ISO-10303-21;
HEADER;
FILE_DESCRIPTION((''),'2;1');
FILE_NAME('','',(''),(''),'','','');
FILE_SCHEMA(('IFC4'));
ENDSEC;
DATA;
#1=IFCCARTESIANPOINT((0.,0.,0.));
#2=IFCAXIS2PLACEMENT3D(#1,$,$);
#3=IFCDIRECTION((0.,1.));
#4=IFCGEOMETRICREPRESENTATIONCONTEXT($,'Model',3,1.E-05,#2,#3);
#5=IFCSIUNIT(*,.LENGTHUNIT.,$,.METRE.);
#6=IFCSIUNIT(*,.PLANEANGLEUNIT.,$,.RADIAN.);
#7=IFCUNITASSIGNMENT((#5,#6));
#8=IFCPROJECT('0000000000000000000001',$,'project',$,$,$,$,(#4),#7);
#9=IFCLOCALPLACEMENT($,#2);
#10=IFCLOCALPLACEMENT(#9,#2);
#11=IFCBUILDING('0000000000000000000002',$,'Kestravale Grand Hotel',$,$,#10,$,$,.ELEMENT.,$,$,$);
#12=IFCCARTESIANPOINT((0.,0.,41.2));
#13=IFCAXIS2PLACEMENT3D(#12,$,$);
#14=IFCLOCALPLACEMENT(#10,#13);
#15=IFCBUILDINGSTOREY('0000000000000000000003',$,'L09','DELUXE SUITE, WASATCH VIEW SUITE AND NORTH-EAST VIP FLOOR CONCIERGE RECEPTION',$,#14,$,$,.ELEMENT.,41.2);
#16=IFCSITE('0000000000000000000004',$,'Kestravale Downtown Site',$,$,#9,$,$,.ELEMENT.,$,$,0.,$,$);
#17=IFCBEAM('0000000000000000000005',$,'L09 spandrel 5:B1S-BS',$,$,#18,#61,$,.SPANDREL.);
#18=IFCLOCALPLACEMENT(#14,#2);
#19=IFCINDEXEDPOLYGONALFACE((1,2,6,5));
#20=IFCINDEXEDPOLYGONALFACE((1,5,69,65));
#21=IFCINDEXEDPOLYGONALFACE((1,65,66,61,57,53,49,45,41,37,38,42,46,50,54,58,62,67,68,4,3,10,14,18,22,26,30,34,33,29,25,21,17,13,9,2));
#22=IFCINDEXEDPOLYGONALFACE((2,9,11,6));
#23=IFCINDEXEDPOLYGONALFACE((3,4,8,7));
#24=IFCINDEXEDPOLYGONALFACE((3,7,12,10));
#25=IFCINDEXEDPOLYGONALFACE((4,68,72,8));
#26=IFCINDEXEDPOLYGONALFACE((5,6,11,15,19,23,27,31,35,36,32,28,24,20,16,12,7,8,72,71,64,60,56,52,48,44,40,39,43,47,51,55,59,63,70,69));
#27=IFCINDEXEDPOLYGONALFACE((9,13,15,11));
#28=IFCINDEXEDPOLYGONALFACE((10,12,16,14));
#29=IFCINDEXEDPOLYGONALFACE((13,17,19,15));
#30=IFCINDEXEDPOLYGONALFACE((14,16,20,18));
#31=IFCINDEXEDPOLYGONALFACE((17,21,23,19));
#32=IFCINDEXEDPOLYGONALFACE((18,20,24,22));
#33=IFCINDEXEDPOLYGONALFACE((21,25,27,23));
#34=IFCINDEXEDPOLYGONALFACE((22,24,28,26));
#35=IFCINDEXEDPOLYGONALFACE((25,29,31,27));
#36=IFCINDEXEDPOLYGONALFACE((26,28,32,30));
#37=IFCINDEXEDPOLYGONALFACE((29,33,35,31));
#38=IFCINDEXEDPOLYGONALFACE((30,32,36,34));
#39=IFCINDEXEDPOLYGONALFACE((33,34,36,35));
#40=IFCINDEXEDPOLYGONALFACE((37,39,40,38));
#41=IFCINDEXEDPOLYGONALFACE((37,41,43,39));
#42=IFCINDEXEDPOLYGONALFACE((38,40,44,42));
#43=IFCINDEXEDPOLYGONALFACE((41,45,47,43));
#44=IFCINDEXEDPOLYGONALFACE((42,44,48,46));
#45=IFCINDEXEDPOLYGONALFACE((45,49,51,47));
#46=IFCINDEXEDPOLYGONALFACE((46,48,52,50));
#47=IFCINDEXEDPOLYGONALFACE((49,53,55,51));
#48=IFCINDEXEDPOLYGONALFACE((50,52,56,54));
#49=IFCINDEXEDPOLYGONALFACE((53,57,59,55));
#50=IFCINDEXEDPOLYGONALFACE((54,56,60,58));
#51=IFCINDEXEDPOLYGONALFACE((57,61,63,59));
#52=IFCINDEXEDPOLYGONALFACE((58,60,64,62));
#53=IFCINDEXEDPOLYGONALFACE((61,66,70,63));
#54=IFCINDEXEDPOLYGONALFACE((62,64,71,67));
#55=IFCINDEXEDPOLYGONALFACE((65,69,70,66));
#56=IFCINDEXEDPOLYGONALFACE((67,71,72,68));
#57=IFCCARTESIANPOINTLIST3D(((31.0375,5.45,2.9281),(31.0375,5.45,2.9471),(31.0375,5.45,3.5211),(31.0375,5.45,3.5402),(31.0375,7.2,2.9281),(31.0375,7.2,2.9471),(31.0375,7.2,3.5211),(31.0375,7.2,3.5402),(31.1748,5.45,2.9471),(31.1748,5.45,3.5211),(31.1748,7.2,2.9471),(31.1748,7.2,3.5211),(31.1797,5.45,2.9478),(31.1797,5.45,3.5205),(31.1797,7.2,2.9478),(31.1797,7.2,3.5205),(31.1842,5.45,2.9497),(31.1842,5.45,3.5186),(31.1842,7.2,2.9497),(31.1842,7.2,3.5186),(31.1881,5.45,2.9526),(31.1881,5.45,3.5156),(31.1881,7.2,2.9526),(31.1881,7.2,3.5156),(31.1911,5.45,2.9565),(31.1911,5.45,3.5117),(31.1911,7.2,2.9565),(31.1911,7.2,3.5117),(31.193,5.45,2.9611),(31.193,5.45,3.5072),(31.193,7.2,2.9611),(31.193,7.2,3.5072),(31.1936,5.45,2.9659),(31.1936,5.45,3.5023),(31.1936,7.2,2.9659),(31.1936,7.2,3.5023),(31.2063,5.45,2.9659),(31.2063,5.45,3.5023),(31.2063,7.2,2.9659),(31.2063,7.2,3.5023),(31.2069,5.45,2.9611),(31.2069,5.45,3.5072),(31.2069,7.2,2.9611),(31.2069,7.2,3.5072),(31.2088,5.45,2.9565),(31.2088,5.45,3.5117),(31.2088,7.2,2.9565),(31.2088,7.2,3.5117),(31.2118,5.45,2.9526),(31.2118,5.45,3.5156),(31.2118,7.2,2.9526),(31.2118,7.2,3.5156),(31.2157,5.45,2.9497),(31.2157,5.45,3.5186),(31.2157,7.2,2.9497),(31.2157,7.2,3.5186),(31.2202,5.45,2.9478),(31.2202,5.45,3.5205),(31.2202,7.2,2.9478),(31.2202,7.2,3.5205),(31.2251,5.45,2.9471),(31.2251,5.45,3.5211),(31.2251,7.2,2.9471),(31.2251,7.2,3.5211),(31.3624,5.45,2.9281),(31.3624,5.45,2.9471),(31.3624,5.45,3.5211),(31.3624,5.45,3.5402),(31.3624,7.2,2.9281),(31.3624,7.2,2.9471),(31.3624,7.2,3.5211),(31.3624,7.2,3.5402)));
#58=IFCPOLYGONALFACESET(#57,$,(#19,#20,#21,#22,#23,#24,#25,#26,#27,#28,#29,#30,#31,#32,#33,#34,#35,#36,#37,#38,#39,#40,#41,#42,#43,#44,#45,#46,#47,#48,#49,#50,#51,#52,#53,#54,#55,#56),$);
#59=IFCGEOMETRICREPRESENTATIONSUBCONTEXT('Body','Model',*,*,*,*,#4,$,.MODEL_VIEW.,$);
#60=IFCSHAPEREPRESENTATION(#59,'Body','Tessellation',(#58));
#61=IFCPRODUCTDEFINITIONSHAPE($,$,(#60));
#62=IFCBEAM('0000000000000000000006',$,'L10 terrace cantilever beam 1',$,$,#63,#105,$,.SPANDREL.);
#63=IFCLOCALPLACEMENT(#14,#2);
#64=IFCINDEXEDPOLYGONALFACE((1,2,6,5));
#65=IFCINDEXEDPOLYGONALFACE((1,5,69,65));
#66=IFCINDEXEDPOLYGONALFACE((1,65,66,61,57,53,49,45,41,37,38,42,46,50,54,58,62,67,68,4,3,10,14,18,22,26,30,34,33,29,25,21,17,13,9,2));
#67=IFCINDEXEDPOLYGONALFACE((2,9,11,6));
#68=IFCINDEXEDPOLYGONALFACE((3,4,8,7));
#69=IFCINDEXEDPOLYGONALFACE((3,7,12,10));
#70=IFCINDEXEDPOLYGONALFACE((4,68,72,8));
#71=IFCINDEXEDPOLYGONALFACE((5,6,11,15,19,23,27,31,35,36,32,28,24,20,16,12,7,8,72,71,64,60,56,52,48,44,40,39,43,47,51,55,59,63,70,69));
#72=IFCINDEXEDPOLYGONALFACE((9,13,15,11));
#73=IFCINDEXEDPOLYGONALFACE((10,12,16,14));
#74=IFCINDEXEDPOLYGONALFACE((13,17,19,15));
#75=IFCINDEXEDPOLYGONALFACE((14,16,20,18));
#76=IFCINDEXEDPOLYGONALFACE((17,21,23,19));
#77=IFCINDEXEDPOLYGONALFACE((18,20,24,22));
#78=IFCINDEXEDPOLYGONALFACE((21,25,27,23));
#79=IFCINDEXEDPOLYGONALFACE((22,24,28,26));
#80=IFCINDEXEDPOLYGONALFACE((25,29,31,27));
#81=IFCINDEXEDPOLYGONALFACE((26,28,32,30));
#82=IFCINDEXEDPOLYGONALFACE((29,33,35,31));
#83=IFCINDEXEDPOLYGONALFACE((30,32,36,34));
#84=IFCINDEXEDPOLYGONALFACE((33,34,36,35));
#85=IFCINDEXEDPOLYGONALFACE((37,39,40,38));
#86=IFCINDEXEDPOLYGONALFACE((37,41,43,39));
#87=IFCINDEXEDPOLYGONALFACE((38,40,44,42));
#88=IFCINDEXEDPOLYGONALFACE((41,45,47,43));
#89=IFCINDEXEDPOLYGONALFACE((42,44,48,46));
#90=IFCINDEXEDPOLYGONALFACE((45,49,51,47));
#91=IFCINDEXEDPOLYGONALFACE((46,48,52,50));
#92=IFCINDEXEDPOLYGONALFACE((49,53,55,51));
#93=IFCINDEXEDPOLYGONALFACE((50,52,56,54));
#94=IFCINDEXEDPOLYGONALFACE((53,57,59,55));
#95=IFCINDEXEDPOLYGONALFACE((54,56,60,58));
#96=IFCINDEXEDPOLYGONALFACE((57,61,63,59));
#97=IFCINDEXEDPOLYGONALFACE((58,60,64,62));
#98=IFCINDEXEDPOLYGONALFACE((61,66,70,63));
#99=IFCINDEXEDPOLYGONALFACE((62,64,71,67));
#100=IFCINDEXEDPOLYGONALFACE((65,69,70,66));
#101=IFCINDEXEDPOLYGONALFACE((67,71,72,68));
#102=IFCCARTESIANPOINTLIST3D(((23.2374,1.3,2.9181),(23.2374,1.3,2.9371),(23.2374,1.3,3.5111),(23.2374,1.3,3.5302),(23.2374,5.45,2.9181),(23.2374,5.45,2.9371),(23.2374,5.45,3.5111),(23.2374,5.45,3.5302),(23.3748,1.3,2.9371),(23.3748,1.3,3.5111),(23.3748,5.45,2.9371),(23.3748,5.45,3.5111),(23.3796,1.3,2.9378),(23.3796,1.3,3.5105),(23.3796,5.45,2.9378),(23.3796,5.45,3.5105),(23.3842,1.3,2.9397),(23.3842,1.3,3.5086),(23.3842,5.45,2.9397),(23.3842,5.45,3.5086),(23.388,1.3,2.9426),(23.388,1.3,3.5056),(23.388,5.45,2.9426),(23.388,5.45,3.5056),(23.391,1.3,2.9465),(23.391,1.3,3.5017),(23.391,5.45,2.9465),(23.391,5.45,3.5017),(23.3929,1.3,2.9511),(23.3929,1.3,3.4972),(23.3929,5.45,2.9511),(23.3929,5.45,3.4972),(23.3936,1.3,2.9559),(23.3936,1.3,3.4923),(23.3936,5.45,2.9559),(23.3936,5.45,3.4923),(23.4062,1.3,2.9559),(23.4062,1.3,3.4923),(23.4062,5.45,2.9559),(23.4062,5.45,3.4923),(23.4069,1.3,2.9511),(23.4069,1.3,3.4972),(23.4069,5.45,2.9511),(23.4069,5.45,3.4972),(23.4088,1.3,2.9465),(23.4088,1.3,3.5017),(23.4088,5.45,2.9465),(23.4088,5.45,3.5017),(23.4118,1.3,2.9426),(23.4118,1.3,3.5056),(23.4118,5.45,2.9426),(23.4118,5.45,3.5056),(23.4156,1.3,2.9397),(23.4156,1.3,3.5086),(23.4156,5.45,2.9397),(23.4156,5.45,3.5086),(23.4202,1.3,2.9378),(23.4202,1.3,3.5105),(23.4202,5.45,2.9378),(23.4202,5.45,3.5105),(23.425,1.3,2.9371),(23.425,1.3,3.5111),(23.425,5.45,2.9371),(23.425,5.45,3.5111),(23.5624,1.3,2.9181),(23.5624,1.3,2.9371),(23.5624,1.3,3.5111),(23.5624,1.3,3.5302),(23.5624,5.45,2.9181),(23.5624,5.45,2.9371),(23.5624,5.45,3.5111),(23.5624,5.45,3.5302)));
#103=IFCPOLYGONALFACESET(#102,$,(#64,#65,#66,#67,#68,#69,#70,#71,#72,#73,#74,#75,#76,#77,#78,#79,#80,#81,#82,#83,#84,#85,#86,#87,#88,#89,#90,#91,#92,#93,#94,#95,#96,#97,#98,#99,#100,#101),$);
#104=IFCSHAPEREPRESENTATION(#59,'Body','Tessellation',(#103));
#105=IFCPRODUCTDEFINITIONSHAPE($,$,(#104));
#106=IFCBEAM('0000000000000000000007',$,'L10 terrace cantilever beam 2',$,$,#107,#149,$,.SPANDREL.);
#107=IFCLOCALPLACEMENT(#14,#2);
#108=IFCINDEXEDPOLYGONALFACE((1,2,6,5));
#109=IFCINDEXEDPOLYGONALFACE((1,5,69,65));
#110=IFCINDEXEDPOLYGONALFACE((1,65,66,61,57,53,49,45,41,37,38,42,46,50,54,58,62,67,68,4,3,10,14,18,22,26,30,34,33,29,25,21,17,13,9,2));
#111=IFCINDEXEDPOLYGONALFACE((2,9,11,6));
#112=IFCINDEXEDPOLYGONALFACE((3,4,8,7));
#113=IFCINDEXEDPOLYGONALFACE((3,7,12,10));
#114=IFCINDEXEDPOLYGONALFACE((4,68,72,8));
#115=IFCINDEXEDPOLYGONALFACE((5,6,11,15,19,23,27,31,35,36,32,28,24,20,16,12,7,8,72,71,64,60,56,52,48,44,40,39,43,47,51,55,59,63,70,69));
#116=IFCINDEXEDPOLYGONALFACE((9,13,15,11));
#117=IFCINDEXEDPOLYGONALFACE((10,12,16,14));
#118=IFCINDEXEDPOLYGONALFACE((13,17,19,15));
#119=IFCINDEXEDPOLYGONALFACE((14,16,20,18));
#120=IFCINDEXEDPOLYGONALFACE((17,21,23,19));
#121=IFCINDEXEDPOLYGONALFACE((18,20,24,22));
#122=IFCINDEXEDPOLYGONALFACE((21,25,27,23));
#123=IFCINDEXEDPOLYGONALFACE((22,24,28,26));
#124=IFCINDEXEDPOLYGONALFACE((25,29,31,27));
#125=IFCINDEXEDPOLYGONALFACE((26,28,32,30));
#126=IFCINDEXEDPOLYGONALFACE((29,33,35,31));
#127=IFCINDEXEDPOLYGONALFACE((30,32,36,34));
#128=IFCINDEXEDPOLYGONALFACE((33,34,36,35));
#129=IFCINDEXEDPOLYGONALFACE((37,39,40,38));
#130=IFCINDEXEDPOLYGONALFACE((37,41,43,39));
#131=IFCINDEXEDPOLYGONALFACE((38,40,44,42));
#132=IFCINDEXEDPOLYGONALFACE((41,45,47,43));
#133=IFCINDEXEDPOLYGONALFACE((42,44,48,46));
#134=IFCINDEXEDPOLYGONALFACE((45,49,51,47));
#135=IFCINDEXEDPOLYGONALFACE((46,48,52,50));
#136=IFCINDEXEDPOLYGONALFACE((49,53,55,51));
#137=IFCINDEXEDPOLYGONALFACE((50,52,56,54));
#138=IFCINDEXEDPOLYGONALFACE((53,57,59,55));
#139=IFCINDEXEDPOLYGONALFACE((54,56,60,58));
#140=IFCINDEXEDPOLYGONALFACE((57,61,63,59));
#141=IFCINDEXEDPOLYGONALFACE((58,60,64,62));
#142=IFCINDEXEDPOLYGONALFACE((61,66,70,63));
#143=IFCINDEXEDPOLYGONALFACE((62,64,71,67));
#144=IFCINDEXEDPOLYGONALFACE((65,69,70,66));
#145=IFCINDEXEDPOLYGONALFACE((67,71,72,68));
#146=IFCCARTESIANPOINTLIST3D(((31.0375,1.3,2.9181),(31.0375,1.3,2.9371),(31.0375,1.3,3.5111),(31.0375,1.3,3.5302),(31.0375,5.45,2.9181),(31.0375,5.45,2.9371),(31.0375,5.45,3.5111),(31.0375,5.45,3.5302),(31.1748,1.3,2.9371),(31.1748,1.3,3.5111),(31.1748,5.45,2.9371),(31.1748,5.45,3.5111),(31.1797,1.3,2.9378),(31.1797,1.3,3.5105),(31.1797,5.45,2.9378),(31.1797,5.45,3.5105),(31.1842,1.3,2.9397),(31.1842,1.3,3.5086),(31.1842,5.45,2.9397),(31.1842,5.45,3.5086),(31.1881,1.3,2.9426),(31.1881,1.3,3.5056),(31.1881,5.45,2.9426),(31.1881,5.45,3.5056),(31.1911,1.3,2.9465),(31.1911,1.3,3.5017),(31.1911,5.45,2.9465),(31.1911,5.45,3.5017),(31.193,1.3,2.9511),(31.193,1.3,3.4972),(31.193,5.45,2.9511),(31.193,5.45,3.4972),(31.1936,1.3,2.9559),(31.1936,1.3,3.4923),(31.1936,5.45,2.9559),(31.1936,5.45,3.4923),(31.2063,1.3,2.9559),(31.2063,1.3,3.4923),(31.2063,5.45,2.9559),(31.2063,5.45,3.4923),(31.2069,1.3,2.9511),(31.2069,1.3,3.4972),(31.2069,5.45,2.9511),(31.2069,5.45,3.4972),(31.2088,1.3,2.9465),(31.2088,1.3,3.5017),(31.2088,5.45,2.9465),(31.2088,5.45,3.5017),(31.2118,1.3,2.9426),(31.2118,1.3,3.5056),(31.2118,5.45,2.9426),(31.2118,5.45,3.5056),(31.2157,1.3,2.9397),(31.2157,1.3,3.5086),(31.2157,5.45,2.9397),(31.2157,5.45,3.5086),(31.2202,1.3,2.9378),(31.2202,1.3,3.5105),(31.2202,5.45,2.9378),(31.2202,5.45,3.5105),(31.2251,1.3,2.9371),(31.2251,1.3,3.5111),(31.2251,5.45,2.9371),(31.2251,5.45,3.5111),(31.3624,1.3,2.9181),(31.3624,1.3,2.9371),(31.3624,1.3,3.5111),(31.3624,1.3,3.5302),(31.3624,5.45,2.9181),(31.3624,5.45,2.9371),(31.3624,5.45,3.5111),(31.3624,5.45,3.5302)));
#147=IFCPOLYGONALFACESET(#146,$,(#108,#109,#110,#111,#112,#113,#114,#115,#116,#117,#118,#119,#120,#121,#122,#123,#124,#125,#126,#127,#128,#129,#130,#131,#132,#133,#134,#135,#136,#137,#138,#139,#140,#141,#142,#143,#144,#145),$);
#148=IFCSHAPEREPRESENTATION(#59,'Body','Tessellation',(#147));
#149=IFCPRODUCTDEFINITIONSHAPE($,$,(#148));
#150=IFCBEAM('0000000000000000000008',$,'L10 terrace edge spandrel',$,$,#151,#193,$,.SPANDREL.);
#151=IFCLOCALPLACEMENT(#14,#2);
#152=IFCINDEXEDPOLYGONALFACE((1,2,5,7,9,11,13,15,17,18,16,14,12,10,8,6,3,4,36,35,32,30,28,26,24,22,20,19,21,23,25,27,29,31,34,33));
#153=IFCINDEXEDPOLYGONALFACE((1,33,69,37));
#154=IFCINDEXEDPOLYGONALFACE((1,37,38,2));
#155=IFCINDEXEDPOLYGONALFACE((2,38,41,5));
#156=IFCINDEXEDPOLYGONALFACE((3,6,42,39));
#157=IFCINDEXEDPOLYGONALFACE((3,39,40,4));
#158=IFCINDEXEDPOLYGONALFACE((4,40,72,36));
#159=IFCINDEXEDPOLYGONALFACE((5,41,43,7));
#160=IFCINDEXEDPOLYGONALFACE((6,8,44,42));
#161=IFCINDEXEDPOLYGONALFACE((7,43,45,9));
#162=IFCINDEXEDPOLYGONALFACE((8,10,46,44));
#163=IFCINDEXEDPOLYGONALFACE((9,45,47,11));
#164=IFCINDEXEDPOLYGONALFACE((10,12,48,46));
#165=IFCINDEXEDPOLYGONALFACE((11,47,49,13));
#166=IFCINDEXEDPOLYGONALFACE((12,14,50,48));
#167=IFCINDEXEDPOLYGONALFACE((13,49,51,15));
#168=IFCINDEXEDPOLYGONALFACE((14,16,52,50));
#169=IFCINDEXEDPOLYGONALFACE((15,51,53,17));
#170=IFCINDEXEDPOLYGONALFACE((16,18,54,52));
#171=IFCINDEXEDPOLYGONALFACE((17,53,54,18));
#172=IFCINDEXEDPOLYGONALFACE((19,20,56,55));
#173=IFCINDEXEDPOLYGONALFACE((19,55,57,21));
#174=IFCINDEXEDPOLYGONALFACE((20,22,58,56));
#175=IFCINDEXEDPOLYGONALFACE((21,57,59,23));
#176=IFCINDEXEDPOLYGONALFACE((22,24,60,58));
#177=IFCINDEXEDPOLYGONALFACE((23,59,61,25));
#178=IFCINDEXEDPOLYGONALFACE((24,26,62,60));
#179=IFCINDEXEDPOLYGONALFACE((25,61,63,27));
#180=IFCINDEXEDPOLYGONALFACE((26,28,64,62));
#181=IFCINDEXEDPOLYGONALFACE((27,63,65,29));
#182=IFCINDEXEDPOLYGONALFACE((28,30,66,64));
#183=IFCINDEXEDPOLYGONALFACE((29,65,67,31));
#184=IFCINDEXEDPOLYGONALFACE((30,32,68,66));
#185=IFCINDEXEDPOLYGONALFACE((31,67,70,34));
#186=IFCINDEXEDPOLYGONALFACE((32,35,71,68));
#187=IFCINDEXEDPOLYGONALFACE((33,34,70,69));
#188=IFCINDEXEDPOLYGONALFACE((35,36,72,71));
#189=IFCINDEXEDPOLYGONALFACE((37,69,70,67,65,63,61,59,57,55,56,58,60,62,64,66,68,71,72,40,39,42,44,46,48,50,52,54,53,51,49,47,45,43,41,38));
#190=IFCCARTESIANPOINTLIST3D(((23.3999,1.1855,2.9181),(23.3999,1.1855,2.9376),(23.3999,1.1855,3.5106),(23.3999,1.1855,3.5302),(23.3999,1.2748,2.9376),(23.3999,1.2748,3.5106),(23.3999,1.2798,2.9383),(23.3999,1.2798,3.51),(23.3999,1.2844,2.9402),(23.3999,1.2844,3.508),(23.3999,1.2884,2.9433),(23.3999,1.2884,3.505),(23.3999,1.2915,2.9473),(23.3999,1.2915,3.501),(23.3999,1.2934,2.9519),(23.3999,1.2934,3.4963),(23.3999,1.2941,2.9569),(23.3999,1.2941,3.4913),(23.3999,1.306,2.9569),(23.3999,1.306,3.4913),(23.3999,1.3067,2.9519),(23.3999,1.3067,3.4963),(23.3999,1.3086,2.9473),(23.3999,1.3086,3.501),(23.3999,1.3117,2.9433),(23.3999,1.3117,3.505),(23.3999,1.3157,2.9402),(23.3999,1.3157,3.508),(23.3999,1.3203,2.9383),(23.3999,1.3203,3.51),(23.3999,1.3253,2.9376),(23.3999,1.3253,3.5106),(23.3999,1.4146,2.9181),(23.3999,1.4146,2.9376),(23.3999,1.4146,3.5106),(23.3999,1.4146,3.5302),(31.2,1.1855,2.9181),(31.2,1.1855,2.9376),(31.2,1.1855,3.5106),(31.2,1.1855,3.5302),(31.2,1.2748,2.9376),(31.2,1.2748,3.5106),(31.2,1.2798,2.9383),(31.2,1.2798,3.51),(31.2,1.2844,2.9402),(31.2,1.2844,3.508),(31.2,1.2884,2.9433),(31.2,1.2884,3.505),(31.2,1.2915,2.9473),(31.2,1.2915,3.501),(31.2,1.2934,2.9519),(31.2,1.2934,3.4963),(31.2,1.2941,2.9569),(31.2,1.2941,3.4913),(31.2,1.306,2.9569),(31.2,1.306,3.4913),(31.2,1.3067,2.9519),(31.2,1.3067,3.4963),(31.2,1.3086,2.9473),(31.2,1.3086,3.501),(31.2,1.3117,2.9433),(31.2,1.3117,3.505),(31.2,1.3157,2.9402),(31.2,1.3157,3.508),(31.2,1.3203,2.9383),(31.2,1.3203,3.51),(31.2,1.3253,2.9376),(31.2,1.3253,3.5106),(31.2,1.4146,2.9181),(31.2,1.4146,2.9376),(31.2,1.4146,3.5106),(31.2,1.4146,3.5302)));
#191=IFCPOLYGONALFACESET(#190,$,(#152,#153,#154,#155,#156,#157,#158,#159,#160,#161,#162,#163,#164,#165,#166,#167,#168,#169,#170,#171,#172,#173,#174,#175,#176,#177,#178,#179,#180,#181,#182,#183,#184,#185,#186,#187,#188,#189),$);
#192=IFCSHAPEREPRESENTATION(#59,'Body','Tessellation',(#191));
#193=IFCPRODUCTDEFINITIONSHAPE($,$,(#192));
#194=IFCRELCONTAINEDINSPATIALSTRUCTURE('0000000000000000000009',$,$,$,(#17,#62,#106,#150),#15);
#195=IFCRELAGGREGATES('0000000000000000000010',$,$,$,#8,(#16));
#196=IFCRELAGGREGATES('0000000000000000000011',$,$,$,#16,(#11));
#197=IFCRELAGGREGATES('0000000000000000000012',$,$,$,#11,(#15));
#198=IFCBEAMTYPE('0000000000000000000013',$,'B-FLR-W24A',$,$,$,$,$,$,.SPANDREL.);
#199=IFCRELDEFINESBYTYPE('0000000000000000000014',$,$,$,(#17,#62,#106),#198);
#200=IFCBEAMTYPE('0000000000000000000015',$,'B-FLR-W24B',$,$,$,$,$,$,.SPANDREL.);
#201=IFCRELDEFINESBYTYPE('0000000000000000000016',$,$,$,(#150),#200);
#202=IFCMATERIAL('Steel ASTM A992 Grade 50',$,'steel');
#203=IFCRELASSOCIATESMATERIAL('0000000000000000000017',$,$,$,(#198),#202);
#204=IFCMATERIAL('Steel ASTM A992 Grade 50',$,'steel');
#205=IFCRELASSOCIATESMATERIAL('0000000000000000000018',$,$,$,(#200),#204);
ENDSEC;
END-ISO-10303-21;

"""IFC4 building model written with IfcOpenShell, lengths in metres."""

from ifc_helpers import new_model, si_unit, direction, frame, origin, origin_2d, place, context, subcontext, project, spatial, i_section, extrude, material, material_profile, profile_set, type_object, element, save


model = new_model("IFC4")

# Units and contexts
model_context = context("Model", 3, precision=1e-05, world=origin(), true_north=direction((0.0, 1.0)))
body_context = subcontext(model_context, "Body", "Model", "MODEL_VIEW")
ifc_project = project(units=[si_unit("LENGTHUNIT", "METRE"), si_unit("PLANEANGLEUNIT", "RADIAN")], contexts=[model_context])

# Site, building, storey
site_placement = place(None, origin())
site = spatial("IfcSite", under=ifc_project, at=site_placement, Name="Kestravale Downtown Site", CompositionType="ELEMENT", RefElevation=0.0)
building_placement = place(site_placement, origin())
building = spatial("IfcBuilding", under=site, at=building_placement, Name="Kestravale Grand Hotel", CompositionType="ELEMENT")
storey_placement = place(building_placement, frame((0.0, 0.0, 41.2)))
storey = spatial("IfcBuildingStorey", under=building, at=storey_placement, Name="L09", Description="DELUXE SUITE, WASATCH VIEW SUITE AND NORTH-EAST VIP FLOOR CONCIERGE RECEPTION", CompositionType="ELEMENT", Elevation=41.2)

# Beams
ifc_material_1 = material(Name="Steel ASTM A992 Grade 50", Category="steel")
ifc_material_profile_1 = material_profile(ifc_material_1, i_section(OverallWidth=0.325, OverallDepth=0.6121, WebThickness=0.0127, FlangeThickness=0.019, FilletRadius=0.0188, at=origin_2d()))
ifc_profile_set_1 = profile_set([ifc_material_profile_1], Name="Steel ASTM A992 Grade 50")
beam_type_1 = type_object("IfcBeamType", Name="B-FLR-W24A", PredefinedType="SPANDREL", material=ifc_profile_set_1)
for number, where, z_axis, x_axis, name in (
    (1, (31.2, 5.45, 3.2341), (0.0, 1.0, 0.0), (-1.0, 0.0, 0.0), "L09 spandrel 5:B1S-BS"),
):
    element("IfcBeam", number, at=place(storey_placement, frame(where, z_axis=z_axis, x_axis=x_axis)), inside=storey, type_object=beam_type_1, Name=name, PredefinedType="SPANDREL", context=body_context, shape_type="SweptSolid", body=[
        extrude(i_section(OverallWidth=0.325, OverallDepth=0.6121, WebThickness=0.0127, FlangeThickness=0.019, FilletRadius=0.0188, at=origin_2d()), origin(), (0.0, 0.0, 1.0), 1.75),
    ])
for number, where, z_axis, x_axis, name in (
    (2, (23.3999, 5.45, 3.2241), (0.0, -1.0, 0.0), (1.0, 0.0, 0.0), "L10 terrace cantilever beam 1"),
    (3, (31.2, 5.45, 3.2241), (0.0, -1.0, 0.0), (1.0, 0.0, 0.0), "L10 terrace cantilever beam 2"),
):
    element("IfcBeam", number, at=place(storey_placement, frame(where, z_axis=z_axis, x_axis=x_axis)), inside=storey, type_object=beam_type_1, Name=name, PredefinedType="SPANDREL", context=body_context, shape_type="SweptSolid", body=[
        extrude(i_section(OverallWidth=0.325, OverallDepth=0.6121, WebThickness=0.0127, FlangeThickness=0.019, FilletRadius=0.0188, at=origin_2d()), origin(), (0.0, 0.0, 1.0), 4.1499),
    ])
ifc_material_2 = material(Name="Steel ASTM A992 Grade 50", Category="steel")
ifc_material_profile_2 = material_profile(ifc_material_2, i_section(OverallWidth=0.229, OverallDepth=0.6121, WebThickness=0.012, FlangeThickness=0.0195, FilletRadius=0.0193, at=origin_2d()))
ifc_profile_set_2 = profile_set([ifc_material_profile_2], Name="Steel ASTM A992 Grade 50")
beam_type_2 = type_object("IfcBeamType", Name="B-FLR-W24B", PredefinedType="SPANDREL", material=ifc_profile_set_2)
beam_1_placement = place(storey_placement, frame((23.3999, 1.3, 3.2241), z_axis=(1.0, 0.0, 0.0), x_axis=(0.0, 1.0, 0.0)))
element("IfcBeam", 4, at=beam_1_placement, inside=storey, type_object=beam_type_2, Name="L10 terrace edge spandrel", PredefinedType="SPANDREL", context=body_context, shape_type="SweptSolid", body=[
    extrude(i_section(OverallWidth=0.229, OverallDepth=0.6121, WebThickness=0.012, FlangeThickness=0.0195, FilletRadius=0.0193, at=origin_2d()), origin(), (0.0, 0.0, 1.0), 7.8),
])

save(model, "model.ifc")
